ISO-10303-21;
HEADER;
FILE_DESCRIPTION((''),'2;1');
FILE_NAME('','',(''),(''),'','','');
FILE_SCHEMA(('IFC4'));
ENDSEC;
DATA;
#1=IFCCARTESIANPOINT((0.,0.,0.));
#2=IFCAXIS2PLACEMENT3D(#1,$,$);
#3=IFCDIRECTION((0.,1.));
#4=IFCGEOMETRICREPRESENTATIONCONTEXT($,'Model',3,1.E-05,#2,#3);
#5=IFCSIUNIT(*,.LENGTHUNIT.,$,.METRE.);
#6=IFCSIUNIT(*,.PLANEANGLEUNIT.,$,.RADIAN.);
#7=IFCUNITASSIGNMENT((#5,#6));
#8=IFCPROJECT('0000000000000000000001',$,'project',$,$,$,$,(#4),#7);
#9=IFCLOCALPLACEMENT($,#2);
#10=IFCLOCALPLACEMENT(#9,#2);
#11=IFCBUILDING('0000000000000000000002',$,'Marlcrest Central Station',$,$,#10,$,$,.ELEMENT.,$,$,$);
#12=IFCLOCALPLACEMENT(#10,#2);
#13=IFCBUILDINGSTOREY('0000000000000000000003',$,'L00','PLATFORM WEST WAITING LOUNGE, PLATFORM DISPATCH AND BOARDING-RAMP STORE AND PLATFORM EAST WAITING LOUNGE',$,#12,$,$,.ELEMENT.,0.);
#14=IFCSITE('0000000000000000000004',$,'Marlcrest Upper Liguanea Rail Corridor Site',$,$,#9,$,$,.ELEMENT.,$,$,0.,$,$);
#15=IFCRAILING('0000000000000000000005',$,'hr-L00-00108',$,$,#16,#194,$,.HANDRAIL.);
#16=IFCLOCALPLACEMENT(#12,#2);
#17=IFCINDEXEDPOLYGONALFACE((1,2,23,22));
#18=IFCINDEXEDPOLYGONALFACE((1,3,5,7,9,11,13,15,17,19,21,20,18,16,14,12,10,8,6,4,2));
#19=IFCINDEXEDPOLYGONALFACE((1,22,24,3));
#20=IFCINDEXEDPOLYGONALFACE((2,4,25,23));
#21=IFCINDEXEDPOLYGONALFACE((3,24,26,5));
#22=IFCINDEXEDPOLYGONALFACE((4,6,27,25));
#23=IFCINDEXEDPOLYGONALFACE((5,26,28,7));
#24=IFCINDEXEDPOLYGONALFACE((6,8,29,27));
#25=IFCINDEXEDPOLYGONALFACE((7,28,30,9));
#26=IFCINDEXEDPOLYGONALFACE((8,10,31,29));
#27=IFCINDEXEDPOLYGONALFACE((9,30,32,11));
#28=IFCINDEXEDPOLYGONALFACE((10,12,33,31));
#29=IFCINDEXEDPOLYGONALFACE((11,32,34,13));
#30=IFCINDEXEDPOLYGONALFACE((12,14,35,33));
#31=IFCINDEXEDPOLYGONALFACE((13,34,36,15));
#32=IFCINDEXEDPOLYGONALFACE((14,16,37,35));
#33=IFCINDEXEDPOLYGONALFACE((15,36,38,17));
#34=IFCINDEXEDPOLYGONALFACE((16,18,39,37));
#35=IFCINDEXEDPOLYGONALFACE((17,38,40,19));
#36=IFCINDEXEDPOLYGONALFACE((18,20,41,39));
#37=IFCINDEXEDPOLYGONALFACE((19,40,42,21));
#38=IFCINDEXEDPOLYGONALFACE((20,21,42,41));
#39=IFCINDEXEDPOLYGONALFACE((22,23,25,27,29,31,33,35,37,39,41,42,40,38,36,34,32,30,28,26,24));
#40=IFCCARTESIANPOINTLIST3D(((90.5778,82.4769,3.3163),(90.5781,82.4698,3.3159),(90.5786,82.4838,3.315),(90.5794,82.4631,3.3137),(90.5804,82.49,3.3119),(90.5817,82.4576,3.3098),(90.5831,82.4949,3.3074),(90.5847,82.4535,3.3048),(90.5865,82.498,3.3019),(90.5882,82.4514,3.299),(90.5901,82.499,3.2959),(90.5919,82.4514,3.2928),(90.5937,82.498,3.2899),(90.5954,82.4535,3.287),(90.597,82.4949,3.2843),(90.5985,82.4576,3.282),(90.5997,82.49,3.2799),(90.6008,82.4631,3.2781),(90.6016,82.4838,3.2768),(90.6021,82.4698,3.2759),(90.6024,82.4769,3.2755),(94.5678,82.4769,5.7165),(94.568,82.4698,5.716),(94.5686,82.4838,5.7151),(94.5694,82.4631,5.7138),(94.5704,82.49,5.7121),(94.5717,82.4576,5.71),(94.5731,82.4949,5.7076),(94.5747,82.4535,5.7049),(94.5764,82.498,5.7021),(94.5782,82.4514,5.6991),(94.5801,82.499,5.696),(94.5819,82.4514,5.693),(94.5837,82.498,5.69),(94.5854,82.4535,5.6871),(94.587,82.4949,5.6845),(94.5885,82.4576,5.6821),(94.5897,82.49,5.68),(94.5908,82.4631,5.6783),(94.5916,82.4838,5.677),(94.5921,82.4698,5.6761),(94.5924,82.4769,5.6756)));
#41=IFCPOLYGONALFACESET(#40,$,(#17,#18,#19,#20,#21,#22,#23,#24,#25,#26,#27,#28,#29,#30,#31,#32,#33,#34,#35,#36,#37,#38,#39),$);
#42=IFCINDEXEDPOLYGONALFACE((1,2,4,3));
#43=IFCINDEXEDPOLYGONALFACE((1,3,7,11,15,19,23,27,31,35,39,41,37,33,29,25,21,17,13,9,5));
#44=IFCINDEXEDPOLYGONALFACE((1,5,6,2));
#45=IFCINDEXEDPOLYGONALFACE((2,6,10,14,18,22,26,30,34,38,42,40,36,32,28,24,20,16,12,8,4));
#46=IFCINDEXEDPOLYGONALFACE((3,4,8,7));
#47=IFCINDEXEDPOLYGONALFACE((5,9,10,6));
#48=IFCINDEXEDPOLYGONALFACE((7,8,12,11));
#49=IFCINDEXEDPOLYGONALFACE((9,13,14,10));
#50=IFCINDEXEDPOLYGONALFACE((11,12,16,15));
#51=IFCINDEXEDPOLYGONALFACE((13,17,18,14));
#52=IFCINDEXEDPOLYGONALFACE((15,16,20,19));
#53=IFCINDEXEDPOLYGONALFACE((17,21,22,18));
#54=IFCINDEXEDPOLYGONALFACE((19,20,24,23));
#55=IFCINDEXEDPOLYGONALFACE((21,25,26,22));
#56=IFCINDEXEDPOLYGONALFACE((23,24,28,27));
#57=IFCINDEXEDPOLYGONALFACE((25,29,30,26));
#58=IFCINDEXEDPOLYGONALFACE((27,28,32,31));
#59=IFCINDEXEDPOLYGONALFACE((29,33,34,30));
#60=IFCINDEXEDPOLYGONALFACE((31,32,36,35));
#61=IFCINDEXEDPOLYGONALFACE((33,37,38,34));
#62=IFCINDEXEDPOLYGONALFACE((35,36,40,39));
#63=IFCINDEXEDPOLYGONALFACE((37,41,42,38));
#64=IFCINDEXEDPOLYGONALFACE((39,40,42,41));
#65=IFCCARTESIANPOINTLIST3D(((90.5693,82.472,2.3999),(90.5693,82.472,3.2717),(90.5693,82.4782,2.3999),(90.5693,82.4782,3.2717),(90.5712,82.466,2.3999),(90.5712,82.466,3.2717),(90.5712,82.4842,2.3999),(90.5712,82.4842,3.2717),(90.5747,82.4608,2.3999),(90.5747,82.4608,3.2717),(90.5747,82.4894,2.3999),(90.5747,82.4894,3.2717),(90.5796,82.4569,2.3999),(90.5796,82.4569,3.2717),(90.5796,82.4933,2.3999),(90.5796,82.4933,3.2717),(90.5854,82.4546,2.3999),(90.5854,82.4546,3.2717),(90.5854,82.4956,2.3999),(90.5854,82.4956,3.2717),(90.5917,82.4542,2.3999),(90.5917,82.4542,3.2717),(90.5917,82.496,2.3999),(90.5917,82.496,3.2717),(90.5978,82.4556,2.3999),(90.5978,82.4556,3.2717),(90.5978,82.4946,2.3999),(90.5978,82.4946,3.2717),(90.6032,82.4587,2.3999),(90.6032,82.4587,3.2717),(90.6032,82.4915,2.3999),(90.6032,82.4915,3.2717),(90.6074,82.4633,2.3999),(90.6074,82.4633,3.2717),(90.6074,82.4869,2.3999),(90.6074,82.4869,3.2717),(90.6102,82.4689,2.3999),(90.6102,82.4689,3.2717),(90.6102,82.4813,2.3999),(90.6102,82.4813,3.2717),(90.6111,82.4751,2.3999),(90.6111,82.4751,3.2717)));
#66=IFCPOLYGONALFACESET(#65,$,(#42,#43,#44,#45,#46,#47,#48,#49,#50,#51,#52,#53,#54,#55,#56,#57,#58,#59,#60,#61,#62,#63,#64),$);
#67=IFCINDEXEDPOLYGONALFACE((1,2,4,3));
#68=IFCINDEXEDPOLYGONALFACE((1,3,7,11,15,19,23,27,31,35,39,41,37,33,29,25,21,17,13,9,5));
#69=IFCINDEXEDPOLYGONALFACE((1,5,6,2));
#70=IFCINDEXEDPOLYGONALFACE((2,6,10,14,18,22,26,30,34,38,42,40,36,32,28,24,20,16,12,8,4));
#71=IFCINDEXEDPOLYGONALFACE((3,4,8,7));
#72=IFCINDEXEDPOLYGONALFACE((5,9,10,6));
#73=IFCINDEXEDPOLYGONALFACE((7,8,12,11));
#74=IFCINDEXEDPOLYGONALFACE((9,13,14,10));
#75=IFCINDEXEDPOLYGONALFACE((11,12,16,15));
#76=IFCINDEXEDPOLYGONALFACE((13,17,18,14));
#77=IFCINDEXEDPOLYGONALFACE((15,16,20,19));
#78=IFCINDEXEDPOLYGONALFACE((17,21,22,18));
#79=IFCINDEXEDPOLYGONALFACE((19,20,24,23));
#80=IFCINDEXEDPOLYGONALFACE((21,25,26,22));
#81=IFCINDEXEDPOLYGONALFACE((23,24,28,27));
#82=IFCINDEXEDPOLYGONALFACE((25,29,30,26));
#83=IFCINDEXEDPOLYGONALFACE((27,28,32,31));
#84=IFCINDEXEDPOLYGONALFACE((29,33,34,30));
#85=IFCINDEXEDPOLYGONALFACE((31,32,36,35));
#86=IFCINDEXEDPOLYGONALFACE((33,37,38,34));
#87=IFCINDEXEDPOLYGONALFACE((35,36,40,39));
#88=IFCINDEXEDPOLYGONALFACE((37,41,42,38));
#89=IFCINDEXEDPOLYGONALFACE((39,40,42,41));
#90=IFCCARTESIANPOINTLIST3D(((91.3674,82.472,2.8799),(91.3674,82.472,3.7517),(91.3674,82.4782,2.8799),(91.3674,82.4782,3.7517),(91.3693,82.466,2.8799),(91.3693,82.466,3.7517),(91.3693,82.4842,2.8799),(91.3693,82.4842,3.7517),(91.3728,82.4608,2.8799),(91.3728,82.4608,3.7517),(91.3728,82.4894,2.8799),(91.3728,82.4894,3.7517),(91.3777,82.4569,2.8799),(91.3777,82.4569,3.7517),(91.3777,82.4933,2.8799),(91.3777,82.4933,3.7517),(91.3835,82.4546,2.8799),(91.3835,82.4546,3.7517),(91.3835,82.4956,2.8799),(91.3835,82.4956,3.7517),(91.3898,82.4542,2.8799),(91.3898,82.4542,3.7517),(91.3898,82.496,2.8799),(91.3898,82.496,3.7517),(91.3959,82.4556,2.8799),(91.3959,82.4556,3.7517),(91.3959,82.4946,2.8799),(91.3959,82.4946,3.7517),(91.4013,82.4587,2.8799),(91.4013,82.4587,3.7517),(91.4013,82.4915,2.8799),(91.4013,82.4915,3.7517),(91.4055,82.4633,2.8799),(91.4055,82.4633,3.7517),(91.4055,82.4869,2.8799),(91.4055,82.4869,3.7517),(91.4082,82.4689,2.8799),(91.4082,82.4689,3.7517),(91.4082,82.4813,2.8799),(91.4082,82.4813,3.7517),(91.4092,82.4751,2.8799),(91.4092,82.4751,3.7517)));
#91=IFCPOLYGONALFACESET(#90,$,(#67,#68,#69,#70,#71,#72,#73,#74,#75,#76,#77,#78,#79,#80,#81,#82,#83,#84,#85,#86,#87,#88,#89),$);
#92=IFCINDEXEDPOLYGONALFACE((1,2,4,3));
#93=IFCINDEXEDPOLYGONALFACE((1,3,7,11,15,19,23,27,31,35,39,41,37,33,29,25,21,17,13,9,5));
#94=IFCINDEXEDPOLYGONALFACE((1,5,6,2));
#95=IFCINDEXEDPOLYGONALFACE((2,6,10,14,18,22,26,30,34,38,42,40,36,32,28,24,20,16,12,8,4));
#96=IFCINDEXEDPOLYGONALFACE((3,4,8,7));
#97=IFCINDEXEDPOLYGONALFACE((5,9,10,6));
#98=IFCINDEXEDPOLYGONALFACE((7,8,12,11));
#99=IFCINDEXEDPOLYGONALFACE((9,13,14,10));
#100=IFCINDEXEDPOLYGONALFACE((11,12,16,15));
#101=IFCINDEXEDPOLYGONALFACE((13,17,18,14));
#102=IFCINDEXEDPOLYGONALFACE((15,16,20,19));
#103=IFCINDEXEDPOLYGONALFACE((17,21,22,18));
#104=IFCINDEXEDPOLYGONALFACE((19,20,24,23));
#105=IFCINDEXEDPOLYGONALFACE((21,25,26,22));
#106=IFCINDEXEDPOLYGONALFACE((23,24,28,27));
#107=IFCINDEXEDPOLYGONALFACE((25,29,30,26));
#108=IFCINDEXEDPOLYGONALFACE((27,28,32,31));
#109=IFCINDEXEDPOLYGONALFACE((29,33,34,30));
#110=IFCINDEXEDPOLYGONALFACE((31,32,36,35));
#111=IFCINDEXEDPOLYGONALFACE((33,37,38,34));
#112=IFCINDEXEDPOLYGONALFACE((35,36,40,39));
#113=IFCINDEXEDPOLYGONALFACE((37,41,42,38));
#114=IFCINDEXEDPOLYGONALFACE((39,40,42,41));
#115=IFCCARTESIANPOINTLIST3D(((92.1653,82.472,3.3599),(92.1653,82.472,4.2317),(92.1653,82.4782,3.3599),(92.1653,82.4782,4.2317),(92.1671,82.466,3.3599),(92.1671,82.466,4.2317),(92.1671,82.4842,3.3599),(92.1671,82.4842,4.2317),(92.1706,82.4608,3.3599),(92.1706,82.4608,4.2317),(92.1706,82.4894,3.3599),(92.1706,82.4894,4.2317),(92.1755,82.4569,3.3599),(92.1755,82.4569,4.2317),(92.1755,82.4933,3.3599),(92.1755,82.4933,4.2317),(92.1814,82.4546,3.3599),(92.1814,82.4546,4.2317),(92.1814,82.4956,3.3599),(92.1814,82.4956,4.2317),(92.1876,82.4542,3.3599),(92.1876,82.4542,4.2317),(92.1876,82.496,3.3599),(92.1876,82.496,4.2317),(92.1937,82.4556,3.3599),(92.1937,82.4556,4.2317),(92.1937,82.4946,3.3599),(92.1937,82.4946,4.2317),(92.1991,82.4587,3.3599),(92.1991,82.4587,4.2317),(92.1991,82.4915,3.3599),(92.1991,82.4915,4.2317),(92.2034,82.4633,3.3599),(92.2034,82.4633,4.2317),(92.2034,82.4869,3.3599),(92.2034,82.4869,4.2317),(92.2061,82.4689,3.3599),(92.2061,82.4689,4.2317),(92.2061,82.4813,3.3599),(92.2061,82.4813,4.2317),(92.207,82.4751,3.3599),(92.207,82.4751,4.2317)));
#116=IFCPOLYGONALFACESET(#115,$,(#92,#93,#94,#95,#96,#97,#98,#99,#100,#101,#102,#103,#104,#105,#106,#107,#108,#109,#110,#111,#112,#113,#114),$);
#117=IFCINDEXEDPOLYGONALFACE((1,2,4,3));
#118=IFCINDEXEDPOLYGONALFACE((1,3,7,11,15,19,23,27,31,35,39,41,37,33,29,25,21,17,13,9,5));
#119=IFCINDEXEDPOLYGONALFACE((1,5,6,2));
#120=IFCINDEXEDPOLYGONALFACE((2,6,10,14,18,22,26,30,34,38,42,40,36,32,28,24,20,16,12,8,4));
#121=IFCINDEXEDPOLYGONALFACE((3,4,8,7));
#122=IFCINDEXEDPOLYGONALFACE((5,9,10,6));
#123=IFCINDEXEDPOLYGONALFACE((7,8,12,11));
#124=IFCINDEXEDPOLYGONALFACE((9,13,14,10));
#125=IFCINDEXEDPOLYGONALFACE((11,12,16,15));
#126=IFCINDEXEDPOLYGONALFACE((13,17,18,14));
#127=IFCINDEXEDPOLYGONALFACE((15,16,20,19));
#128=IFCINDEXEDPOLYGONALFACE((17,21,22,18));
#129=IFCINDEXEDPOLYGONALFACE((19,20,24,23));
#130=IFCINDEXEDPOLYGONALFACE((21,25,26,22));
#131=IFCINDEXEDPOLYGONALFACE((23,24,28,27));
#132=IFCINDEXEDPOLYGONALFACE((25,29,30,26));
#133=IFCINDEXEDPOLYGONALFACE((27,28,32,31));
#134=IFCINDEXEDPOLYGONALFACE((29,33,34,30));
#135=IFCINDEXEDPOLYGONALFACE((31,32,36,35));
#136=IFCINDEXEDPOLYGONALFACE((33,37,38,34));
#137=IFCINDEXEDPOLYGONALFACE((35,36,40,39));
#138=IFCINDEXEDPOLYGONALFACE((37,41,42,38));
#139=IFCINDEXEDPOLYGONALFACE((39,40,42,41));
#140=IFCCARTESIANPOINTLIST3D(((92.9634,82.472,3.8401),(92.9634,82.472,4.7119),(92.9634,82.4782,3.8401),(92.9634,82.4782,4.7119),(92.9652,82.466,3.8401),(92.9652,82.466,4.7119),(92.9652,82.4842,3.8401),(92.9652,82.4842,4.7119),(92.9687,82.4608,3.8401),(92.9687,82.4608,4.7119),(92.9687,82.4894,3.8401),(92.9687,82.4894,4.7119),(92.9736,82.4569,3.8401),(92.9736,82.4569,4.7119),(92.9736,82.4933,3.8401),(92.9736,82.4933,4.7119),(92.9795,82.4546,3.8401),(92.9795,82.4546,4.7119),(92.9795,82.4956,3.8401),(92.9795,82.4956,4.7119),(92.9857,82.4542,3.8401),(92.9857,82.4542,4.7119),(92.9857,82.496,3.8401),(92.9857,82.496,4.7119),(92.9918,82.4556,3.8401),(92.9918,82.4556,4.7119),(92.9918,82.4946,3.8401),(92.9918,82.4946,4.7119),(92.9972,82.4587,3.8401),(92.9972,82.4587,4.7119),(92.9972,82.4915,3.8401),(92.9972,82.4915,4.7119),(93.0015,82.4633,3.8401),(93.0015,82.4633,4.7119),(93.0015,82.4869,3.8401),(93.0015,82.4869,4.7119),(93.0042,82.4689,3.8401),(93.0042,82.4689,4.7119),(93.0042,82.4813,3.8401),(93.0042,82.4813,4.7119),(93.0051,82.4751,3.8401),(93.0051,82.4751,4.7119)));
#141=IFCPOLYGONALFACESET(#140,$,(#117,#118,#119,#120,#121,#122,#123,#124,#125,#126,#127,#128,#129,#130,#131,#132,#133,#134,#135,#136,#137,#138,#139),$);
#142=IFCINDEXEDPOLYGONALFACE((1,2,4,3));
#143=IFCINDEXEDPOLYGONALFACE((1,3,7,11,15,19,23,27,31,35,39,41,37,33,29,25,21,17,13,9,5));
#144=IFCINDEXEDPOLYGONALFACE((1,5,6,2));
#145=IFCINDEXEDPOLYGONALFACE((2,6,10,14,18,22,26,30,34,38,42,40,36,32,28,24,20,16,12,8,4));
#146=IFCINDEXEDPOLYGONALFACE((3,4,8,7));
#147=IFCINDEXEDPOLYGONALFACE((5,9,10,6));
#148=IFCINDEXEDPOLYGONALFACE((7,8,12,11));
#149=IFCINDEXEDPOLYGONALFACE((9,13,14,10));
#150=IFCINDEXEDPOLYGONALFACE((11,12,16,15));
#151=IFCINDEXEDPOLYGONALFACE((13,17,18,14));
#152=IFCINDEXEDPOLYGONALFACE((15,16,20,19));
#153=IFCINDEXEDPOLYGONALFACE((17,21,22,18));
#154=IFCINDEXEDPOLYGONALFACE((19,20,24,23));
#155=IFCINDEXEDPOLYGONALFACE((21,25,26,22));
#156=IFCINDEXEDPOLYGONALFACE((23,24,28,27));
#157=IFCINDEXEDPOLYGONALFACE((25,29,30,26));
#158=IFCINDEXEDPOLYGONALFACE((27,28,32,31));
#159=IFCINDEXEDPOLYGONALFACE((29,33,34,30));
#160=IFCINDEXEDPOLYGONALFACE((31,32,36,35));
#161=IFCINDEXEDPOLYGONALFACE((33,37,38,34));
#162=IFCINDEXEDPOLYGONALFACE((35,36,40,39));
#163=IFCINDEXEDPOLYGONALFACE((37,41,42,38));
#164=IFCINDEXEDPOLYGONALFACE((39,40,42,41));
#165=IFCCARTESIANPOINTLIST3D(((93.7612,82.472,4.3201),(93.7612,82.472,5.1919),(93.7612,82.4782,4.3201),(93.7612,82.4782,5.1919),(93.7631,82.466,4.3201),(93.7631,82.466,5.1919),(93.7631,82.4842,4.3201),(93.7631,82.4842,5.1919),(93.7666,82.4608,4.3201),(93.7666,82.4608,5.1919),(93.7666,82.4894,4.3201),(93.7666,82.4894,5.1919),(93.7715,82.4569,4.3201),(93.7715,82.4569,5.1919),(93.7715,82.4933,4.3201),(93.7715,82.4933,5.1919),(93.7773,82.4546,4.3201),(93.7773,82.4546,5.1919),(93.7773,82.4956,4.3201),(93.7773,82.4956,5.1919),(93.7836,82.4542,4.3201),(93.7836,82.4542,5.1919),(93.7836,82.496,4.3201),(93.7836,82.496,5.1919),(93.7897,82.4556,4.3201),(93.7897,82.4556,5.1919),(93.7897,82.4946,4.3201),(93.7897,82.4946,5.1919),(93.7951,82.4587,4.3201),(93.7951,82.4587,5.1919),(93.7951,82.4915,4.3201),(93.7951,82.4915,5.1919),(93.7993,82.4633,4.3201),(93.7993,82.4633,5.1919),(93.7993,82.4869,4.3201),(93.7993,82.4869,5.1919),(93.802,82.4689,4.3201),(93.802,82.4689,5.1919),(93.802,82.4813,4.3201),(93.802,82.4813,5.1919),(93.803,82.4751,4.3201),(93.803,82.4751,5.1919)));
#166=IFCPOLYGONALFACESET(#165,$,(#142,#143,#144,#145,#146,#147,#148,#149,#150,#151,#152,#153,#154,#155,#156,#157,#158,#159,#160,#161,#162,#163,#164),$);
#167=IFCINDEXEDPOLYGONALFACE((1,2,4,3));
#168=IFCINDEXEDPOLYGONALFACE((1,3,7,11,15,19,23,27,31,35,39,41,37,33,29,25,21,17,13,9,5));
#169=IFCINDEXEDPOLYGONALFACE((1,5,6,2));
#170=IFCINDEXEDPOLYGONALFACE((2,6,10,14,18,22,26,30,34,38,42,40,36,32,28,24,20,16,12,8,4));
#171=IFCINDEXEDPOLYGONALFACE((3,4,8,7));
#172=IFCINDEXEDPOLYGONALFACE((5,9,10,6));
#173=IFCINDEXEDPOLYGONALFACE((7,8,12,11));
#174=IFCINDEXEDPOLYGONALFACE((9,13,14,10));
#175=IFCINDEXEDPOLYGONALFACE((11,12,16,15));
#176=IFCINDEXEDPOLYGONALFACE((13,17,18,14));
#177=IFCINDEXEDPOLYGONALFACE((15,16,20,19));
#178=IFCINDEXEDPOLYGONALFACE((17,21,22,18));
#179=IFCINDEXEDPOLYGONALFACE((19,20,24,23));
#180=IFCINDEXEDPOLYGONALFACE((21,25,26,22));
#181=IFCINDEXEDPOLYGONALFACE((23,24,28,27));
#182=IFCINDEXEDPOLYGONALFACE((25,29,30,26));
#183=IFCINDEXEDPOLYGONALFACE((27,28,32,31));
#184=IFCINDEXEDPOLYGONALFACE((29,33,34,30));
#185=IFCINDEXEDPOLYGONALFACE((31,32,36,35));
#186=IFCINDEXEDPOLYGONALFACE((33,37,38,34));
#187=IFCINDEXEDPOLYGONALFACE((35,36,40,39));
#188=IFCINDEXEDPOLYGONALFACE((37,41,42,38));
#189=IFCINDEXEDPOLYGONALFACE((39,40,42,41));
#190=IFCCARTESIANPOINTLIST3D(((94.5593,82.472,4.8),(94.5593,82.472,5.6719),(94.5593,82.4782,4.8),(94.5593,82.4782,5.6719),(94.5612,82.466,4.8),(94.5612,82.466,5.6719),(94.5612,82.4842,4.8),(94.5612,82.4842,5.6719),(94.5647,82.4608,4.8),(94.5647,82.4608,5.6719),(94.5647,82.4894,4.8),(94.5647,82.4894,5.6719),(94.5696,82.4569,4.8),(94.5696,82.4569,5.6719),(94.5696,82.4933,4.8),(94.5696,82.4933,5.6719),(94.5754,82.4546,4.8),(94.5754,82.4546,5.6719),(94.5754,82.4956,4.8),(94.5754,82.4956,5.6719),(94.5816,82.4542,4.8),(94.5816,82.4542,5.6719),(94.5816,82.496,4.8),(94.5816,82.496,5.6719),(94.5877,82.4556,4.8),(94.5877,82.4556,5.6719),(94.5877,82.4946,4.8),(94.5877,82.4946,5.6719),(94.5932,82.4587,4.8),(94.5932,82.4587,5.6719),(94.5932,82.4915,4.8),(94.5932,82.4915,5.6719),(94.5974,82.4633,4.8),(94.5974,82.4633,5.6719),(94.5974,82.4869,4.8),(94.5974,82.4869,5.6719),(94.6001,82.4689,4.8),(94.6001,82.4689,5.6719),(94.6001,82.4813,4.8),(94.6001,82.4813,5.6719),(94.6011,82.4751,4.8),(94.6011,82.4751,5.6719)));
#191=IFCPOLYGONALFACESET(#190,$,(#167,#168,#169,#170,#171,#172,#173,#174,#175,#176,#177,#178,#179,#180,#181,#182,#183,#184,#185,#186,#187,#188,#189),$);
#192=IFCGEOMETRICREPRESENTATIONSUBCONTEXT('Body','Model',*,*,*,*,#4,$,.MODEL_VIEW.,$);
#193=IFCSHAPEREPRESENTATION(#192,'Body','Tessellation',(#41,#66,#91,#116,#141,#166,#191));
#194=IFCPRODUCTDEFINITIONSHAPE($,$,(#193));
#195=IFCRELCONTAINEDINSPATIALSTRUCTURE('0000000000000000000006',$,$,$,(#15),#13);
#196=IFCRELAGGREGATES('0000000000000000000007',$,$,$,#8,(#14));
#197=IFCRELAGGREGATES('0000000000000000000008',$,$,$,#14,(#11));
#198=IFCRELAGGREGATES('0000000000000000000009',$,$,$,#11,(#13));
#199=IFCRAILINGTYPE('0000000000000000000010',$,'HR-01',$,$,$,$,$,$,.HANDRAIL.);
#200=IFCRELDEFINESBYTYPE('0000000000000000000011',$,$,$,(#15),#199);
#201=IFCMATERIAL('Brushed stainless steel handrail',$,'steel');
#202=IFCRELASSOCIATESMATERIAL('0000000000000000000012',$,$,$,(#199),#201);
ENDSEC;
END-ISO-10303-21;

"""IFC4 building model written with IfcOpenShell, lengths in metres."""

from ifc_helpers import new_model, si_unit, direction, frame, origin, origin_2d, place, context, subcontext, project, spatial, circle, extrude, material, type_object, element, save


model = new_model("IFC4")

# Units and contexts
model_context = context("Model", 3, precision=1e-05, world=origin(), true_north=direction((0.0, 1.0)))
body_context = subcontext(model_context, "Body", "Model", "MODEL_VIEW")
ifc_project = project(units=[si_unit("LENGTHUNIT", "METRE"), si_unit("PLANEANGLEUNIT", "RADIAN")], contexts=[model_context])

# Site, building, storey
site_placement = place(None, origin())
site = spatial("IfcSite", under=ifc_project, at=site_placement, Name="Marlcrest Upper Liguanea Rail Corridor Site", CompositionType="ELEMENT", RefElevation=0.0)
building_placement = place(site_placement, origin())
building = spatial("IfcBuilding", under=site, at=building_placement, Name="Marlcrest Central Station", CompositionType="ELEMENT")
storey_placement = place(building_placement, origin())
storey = spatial("IfcBuildingStorey", under=building, at=storey_placement, Name="L00", Description="PLATFORM WEST WAITING LOUNGE, PLATFORM DISPATCH AND BOARDING-RAMP STORE AND PLATFORM EAST WAITING LOUNGE", CompositionType="ELEMENT", Elevation=0.0)

# Railing
ifc_material_1 = material(Name="Brushed stainless steel handrail", Category="steel")
railing_type = type_object("IfcRailingType", Name="HR-01", PredefinedType="HANDRAIL", material=ifc_material_1)
for number, where, name in (
    (1, (90.5901, 82.4751, 2.3999), "hr-L00-00108"),
):
    element("IfcRailing", number, at=place(storey_placement, frame(where)), inside=storey, type_object=railing_type, Name=name, PredefinedType="HANDRAIL", context=body_context, shape_type="SweptSolid", body=[
        extrude(circle(Radius=0.0239, at=origin_2d()), frame((0.0, 0.0, 0.896), z_axis=(0.856909, 0.0, 0.515467), x_axis=(0.0, 1.0, 0.0)), (0.0, 0.0, 1.0), 4.6562),
        extrude(circle(Radius=0.021, at=origin_2d()), origin(), (0.0, 0.0, 1.0), 0.8718),
        extrude(circle(Radius=0.021, at=origin_2d()), frame((0.7981, 0.0, 0.48)), (0.0, 0.0, 1.0), 0.8718),
        extrude(circle(Radius=0.021, at=origin_2d()), frame((1.5959, 0.0, 0.96)), (0.0, 0.0, 1.0), 0.8718),
        extrude(circle(Radius=0.021, at=origin_2d()), frame((2.394, 0.0, 1.4402)), (0.0, 0.0, 1.0), 0.8718),
        extrude(circle(Radius=0.021, at=origin_2d()), frame((3.1919, 0.0, 1.9202)), (0.0, 0.0, 1.0), 0.8718),
        extrude(circle(Radius=0.021, at=origin_2d()), frame((3.99, 0.0, 2.4001)), (0.0, 0.0, 1.0), 0.8718),
    ])

save(model, "model.ifc")
